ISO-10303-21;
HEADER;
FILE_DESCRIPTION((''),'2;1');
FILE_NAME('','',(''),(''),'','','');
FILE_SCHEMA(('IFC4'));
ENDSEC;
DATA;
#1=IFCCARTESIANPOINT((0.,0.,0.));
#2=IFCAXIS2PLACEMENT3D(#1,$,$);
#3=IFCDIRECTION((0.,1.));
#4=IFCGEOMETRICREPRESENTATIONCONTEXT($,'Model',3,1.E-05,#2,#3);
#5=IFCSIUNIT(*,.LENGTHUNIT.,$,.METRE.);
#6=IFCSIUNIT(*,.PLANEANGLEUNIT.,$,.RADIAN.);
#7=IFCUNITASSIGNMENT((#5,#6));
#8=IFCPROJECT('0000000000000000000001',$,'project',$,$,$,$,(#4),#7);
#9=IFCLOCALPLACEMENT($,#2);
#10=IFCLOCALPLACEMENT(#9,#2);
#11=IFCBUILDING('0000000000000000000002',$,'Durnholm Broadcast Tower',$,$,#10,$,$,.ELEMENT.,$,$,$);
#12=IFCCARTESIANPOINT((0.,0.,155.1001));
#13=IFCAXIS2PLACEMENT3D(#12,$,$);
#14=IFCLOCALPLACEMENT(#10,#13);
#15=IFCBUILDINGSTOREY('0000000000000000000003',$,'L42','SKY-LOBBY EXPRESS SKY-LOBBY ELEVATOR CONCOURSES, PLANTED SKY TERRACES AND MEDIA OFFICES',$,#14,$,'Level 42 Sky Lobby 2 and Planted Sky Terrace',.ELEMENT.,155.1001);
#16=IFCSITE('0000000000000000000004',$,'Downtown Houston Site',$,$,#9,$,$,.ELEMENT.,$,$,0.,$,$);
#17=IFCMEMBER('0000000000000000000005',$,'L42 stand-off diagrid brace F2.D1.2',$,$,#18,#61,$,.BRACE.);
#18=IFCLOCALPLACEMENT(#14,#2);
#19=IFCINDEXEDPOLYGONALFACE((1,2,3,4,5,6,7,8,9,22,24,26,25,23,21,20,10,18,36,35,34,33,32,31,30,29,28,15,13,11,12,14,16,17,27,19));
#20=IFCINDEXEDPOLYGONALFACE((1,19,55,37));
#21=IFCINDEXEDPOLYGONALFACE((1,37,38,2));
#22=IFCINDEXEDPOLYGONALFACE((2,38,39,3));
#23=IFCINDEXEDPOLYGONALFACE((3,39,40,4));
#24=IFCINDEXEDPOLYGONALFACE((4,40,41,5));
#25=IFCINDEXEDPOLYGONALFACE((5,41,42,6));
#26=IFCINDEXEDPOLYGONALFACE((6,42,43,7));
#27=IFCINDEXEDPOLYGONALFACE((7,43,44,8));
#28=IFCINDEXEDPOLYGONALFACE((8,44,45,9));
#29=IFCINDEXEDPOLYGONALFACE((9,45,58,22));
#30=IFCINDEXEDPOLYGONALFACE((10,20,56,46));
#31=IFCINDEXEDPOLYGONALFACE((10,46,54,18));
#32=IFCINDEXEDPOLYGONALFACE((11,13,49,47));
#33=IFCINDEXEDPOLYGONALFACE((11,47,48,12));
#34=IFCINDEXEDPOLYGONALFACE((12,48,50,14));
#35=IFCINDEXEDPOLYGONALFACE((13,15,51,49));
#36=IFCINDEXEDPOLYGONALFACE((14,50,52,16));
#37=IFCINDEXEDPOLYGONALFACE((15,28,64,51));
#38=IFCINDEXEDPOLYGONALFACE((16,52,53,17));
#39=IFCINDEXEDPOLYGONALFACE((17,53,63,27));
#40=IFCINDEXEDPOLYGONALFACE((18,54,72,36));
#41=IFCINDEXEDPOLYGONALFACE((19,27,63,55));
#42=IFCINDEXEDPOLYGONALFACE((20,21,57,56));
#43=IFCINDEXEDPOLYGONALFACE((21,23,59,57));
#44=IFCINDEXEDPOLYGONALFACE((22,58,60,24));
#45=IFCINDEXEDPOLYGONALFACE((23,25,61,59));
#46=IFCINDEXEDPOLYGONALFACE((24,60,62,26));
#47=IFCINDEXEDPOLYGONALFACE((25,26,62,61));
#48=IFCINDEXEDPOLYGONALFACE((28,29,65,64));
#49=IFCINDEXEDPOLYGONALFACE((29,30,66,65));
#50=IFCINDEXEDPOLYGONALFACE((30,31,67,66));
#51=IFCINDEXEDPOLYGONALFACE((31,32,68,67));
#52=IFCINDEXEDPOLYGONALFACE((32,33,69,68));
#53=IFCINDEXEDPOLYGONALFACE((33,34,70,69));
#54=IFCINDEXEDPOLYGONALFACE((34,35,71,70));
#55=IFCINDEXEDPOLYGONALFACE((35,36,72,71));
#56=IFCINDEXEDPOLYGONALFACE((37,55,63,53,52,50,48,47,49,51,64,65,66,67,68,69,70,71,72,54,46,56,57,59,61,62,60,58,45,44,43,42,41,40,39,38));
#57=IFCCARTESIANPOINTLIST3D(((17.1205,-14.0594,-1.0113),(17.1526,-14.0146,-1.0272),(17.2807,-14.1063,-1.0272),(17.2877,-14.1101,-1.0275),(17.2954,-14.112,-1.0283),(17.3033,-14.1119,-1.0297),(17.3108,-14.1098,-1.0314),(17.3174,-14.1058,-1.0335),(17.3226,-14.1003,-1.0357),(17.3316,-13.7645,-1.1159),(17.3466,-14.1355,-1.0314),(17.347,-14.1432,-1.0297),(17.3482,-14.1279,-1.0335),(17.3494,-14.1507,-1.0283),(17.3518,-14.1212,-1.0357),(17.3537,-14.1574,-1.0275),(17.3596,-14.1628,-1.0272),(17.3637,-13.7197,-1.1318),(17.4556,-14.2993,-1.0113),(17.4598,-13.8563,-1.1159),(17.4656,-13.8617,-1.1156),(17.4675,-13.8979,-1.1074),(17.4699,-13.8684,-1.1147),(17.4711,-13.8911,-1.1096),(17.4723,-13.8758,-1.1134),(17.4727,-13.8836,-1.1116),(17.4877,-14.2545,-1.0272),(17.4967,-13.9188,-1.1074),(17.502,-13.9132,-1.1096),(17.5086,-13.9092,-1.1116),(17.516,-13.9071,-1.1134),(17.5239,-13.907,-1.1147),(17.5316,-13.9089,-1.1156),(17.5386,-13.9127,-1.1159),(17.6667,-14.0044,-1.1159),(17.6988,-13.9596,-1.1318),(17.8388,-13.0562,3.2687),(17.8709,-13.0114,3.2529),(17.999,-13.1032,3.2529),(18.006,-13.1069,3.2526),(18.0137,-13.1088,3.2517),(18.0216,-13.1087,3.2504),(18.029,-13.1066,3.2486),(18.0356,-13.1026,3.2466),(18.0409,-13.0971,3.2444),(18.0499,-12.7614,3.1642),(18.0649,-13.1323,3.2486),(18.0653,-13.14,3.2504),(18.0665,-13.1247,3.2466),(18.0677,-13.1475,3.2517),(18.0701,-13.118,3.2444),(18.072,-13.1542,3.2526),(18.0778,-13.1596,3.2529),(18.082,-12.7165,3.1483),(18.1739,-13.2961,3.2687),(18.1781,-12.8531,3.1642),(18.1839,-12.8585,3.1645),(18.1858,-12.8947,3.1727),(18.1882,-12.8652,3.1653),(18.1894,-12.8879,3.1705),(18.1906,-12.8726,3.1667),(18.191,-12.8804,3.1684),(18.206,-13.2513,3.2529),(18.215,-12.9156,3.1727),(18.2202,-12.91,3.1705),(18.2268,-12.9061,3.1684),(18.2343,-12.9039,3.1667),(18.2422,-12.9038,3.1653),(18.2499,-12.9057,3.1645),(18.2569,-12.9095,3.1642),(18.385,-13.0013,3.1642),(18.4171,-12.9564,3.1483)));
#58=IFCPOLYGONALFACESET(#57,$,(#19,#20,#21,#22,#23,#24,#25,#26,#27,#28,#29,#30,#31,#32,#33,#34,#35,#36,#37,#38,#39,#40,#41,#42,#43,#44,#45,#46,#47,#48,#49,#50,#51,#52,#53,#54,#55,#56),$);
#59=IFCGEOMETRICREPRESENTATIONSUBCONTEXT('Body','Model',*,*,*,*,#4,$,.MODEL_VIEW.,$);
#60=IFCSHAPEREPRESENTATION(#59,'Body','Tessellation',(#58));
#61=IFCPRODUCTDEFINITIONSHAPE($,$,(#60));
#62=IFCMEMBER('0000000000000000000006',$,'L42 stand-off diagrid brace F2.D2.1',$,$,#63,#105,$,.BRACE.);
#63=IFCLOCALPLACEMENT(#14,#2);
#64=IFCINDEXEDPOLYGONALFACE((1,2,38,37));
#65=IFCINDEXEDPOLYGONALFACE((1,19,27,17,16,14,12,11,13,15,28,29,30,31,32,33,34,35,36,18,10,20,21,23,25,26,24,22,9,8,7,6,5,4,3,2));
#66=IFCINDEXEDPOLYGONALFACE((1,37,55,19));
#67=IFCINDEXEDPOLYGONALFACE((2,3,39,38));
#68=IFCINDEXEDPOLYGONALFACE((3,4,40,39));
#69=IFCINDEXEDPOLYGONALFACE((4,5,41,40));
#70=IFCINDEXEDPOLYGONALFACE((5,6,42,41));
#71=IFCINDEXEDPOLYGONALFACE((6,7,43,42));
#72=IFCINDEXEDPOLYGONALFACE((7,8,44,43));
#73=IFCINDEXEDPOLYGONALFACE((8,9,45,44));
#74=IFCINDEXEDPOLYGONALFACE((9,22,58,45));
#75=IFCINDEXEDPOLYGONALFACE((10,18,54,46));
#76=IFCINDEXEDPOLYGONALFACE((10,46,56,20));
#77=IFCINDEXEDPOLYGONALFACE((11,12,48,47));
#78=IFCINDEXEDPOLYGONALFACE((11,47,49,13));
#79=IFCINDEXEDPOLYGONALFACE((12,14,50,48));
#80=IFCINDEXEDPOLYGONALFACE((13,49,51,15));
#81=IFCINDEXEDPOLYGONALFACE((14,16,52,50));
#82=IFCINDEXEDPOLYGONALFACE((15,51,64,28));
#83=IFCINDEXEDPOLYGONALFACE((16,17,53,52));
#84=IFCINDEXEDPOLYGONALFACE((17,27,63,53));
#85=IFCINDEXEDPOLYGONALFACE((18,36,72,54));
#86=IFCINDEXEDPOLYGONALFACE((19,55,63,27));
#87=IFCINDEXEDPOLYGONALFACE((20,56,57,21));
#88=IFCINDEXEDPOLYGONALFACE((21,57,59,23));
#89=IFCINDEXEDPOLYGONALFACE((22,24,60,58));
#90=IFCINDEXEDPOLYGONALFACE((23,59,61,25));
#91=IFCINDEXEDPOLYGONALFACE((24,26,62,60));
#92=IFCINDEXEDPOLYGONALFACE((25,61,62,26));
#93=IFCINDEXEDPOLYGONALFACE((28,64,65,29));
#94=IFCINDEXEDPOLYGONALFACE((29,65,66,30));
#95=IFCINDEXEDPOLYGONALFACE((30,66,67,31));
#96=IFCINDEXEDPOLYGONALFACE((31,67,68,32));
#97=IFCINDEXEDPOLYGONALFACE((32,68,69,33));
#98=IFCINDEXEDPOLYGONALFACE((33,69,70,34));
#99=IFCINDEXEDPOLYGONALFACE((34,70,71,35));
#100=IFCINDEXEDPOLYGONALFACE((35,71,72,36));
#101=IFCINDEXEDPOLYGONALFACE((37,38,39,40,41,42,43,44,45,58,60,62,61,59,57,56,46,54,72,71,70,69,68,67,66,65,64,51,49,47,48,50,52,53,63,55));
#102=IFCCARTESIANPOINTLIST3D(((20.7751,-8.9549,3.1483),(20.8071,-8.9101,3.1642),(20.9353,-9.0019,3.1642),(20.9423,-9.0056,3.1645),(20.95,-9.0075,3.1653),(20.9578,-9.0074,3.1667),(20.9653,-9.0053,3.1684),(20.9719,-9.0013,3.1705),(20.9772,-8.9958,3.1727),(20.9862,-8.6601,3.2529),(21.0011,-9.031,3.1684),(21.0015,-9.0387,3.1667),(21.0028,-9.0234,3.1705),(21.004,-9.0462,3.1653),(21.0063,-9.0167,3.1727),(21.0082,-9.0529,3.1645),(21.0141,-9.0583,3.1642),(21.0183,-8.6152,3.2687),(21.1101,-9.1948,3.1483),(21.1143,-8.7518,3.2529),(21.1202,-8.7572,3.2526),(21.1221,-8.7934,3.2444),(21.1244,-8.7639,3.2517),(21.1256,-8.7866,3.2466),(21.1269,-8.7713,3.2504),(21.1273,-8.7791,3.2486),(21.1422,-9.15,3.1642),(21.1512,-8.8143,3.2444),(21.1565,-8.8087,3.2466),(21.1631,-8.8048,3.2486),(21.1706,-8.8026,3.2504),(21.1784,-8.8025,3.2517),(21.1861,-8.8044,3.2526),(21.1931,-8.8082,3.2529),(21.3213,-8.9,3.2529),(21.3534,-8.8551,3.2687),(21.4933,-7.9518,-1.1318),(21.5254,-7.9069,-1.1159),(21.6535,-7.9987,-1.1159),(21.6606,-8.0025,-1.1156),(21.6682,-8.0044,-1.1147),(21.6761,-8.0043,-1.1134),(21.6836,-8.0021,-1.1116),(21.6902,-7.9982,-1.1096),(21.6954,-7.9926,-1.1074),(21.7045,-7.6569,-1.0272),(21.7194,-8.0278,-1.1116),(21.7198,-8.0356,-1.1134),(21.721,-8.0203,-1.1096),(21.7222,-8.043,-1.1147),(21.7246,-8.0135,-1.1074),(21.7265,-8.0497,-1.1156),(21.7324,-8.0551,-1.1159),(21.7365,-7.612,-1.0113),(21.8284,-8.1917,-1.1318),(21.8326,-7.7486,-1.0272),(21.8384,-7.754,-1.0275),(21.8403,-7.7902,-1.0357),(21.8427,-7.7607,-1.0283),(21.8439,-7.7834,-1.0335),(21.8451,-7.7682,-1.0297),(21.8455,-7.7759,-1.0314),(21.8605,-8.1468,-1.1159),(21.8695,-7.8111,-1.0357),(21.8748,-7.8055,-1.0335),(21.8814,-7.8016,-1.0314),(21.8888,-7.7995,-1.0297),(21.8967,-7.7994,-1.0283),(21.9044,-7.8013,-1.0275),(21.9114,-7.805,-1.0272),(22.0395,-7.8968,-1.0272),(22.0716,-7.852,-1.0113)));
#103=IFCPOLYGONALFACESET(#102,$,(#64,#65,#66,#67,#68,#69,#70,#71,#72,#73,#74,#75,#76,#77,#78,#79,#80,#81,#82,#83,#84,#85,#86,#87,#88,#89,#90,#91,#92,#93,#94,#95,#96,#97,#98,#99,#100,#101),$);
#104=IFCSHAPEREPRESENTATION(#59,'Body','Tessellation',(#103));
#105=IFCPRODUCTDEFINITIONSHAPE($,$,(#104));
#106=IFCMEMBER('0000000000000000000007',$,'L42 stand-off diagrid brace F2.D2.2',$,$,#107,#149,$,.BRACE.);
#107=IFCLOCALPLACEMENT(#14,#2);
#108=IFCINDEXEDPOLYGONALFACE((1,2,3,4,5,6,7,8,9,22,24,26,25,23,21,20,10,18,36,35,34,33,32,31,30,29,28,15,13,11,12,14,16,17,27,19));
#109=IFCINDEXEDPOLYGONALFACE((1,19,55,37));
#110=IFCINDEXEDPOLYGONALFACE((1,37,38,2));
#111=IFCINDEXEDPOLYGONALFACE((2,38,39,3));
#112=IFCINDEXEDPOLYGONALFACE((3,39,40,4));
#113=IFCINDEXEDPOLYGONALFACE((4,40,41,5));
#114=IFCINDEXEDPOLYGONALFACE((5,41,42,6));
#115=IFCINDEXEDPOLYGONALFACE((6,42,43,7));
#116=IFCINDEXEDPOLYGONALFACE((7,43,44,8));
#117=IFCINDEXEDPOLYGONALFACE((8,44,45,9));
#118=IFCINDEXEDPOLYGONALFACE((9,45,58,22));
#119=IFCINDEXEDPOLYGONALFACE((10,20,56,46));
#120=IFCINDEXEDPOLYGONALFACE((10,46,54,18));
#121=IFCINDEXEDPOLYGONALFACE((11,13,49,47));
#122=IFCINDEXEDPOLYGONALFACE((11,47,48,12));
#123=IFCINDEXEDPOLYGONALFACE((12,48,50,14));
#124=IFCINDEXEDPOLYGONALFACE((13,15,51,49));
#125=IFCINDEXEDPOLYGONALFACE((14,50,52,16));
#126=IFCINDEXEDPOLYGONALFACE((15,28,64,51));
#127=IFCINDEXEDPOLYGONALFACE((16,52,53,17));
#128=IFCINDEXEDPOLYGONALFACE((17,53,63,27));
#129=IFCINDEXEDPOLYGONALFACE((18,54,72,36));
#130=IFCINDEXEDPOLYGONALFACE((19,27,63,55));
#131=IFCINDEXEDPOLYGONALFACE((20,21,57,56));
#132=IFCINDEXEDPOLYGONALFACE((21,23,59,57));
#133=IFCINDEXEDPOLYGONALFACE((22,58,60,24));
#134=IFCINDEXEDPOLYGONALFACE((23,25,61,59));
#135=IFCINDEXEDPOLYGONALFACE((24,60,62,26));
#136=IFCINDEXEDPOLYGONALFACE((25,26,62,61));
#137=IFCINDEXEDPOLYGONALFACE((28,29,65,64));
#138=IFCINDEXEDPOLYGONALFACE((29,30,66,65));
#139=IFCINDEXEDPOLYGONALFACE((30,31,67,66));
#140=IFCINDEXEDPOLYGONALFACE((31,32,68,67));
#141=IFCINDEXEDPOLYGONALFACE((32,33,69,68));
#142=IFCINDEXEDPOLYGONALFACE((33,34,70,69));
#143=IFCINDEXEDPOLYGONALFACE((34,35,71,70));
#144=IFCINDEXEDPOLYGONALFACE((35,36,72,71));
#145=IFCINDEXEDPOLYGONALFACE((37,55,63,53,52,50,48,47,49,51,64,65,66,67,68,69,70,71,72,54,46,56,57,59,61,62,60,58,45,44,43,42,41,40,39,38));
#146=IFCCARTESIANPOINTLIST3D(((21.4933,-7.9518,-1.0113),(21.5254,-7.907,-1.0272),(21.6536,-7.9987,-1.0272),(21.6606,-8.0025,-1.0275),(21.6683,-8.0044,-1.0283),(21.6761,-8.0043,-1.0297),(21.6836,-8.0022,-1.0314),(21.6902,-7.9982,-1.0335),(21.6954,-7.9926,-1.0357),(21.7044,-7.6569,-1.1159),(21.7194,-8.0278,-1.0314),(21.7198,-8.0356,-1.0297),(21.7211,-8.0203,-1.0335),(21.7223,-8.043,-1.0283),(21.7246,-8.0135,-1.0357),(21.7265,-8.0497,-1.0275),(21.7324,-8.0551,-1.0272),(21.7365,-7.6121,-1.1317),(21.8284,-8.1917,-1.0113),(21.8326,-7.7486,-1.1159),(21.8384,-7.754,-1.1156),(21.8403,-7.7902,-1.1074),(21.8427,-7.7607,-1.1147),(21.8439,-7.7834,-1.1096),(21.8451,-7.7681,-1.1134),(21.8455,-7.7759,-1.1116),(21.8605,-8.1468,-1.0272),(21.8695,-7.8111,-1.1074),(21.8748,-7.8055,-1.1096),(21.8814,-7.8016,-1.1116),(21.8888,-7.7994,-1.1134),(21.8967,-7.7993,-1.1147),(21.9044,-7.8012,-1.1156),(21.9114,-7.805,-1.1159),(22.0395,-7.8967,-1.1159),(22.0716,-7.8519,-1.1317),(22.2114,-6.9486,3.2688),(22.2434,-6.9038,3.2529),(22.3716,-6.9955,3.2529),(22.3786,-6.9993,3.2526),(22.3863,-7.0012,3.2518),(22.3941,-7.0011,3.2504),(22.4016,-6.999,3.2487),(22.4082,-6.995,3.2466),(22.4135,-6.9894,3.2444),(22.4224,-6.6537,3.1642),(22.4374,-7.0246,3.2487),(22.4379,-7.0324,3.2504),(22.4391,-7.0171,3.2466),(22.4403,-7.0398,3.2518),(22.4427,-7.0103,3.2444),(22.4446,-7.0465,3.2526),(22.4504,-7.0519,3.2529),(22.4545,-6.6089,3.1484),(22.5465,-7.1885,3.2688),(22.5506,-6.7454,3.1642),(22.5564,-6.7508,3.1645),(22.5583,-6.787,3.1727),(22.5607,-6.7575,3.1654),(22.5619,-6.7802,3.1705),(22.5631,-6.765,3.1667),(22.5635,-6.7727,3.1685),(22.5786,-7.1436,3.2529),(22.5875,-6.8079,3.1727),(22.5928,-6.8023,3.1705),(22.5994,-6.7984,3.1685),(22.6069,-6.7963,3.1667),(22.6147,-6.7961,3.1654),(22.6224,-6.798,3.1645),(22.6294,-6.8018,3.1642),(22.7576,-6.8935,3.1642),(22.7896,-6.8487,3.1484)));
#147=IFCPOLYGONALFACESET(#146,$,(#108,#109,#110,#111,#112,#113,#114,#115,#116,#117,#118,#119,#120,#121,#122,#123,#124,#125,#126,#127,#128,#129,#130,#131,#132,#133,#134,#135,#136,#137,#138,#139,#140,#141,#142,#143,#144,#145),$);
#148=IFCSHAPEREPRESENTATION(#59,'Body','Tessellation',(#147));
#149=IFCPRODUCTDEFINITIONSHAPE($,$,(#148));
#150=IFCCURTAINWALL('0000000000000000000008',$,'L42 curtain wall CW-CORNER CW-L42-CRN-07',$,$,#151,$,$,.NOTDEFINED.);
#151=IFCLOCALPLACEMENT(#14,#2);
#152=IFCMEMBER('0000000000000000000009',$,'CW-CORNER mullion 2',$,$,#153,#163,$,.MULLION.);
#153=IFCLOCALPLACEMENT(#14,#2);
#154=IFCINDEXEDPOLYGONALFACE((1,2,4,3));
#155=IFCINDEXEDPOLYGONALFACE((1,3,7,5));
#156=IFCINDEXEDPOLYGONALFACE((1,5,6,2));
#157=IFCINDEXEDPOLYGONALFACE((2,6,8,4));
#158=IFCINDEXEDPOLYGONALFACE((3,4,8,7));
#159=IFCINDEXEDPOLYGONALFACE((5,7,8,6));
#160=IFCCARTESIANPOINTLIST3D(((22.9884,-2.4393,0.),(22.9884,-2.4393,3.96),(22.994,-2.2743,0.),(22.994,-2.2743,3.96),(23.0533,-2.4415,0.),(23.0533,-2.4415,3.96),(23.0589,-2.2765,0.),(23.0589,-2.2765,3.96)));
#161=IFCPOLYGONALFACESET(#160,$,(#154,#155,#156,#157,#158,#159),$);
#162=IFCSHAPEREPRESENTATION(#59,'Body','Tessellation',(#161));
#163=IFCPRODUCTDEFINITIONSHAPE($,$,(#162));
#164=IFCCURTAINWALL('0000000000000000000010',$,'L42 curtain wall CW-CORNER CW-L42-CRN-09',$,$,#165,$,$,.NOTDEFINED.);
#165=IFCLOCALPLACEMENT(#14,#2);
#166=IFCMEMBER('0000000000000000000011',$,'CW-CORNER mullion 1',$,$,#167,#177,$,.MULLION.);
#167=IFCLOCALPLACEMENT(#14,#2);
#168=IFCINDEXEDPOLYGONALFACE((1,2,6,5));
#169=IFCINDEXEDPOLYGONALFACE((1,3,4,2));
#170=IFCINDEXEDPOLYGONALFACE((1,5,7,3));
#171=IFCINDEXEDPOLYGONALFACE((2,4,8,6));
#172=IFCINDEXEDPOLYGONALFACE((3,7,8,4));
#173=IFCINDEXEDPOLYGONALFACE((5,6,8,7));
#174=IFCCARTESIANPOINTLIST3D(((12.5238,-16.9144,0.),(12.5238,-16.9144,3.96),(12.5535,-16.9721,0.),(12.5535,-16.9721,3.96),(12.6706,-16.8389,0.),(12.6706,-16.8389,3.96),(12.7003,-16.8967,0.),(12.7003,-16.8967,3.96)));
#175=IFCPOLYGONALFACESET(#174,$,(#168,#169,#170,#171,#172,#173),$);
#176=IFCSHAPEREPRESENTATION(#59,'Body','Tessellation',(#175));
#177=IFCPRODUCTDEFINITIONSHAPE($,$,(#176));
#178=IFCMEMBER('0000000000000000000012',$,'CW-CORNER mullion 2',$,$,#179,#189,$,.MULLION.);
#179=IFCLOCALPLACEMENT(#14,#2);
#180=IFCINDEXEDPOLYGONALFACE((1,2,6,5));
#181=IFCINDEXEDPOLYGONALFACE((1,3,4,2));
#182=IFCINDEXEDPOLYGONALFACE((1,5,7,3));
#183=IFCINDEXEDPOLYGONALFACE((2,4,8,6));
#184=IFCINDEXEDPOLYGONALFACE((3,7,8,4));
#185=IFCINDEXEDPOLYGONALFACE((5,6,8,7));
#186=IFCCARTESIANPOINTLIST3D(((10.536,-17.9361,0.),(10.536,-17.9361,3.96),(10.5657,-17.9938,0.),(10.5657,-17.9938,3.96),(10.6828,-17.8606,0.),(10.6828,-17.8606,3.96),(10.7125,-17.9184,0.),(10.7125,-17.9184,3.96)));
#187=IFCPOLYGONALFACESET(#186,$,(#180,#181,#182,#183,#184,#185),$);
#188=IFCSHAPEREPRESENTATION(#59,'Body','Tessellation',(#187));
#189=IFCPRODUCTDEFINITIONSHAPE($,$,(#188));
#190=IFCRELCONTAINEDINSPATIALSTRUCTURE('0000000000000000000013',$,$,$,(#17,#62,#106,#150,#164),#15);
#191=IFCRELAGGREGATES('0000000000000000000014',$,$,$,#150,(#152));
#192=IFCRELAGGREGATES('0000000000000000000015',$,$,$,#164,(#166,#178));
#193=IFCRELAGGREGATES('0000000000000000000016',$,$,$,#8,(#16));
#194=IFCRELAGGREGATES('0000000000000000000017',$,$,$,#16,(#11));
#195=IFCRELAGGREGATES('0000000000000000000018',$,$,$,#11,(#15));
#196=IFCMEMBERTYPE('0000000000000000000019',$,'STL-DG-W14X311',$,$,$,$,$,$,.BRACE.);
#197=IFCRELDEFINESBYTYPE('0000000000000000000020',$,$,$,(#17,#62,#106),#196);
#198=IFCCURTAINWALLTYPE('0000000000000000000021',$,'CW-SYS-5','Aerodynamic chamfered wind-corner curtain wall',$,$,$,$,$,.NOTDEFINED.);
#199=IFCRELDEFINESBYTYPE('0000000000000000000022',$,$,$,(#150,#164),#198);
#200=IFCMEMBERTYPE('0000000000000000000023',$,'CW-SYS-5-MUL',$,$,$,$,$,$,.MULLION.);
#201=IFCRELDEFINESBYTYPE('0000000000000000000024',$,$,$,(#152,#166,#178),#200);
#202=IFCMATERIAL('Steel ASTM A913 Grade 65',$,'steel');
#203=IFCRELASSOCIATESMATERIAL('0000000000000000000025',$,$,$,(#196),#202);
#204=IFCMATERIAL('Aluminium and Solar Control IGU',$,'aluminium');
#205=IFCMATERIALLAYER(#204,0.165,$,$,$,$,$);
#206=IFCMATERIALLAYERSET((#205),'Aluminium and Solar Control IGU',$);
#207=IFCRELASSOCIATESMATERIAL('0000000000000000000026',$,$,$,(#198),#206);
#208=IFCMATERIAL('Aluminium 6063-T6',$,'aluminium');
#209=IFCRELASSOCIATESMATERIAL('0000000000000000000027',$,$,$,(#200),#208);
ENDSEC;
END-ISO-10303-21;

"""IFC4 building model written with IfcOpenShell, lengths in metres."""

from ifc_helpers import new_model, si_unit, direction, frame, origin, origin_2d, place, context, subcontext, project, spatial, rectangle, i_section, extrude, source, transform, mapped, material, layer, layer_set, material_profile, profile_set, type_object, type_shapes, element, aggregate, save


model = new_model("IFC4")

# Units and contexts
model_context = context("Model", 3, precision=1e-05, world=origin(), true_north=direction((0.0, 1.0)))
body_context = subcontext(model_context, "Body", "Model", "MODEL_VIEW")
ifc_project = project(units=[si_unit("LENGTHUNIT", "METRE"), si_unit("PLANEANGLEUNIT", "RADIAN")], contexts=[model_context])

# Site, building, storey
site_placement = place(None, origin())
site = spatial("IfcSite", under=ifc_project, at=site_placement, Name="Downtown Houston Site", CompositionType="ELEMENT", RefElevation=0.0)
building_placement = place(site_placement, origin())
building = spatial("IfcBuilding", under=site, at=building_placement, Name="Durnholm Broadcast Tower", CompositionType="ELEMENT")
storey_placement = place(building_placement, frame((0.0, 0.0, 155.1001)))
storey = spatial("IfcBuildingStorey", under=building, at=storey_placement, Name="L42", Description="SKY-LOBBY EXPRESS SKY-LOBBY ELEVATOR CONCOURSES, PLANTED SKY TERRACES AND MEDIA OFFICES", LongName="Level 42 Sky Lobby 2 and Planted Sky Terrace", CompositionType="ELEMENT", Elevation=155.1001)

# Members
ifc_material_1 = material(Name="Steel ASTM A913 Grade 65", Category="steel")
ifc_material_profile_1 = material_profile(ifc_material_1, i_section(OverallWidth=0.4121, OverallDepth=0.4348, WebThickness=0.0359, FlangeThickness=0.0574, FilletRadius=0.0305, at=origin_2d()), Name="W14X311")
ifc_profile_set_1 = profile_set([ifc_material_profile_1], Name="Steel ASTM A913 Grade 65")
member_type_1 = type_object("IfcMemberType", Name="STL-DG-W14X311", PredefinedType="BRACE", material=ifc_profile_set_1)
shared_shape_1 = source(origin(), body_context, "Body", "SweptSolid", [
    extrude(i_section(OverallWidth=0.4121, OverallDepth=0.4348, WebThickness=0.0359, FlangeThickness=0.0574, FilletRadius=0.0305, at=origin_2d()), origin(), (0.0, 0.0, 1.0), 4.4543),
])
type_shapes(member_type_1, [shared_shape_1])
for number, where, z_axis, x_axis, name in (
    (1, (17.4097, -14.0095, -1.0715), (0.161251, 0.225214, 0.960873), (-0.813078, 0.582155, 0.0), "L42 stand-off diagrid brace F2.D1.2"),
    (2, (21.7825, -7.9019, -1.0715), (-0.161251, -0.225214, 0.960873), (0.813078, -0.582155, 0.0), "L42 stand-off diagrid brace F2.D2.1"),
    (3, (21.7825, -7.9019, -1.0715), (0.161197, 0.225216, 0.960881), (-0.813171, 0.582024, 0.0), "L42 stand-off diagrid brace F2.D2.2"),
):
    element("IfcMember", number, at=place(storey_placement, frame(where, z_axis=z_axis, x_axis=x_axis)), inside=storey, type_object=member_type_1, Name=name, PredefinedType="BRACE", context=body_context, shape_type="MappedRepresentation", body=[
        mapped(shared_shape_1, transform((0.0, 0.0, 0.0), x_axis=(1.0, 0.0, 0.0), y_axis=(0.0, 1.0, 0.0), z_axis=(0.0, 0.0, 1.0), scale=1.0)),
    ])

# Curtain wall, member
ifc_material_2 = material(Name="Aluminium and Solar Control IGU", Category="aluminium")
ifc_layer_1 = layer(ifc_material_2, 0.165)
ifc_layer_set_1 = layer_set([ifc_layer_1], Name="Aluminium and Solar Control IGU")
curtain_wall_type_1 = type_object("IfcCurtainWallType", Name="CW-SYS-5", Description="Aerodynamic chamfered wind-corner curtain wall", PredefinedType="NOTDEFINED", material=ifc_layer_set_1)
curtain_wall_1_placement = place(storey_placement, origin())
curtain_wall_1 = element("IfcCurtainWall", 4, at=curtain_wall_1_placement, inside=storey, type_object=curtain_wall_type_1, Name="L42 curtain wall CW-CORNER CW-L42-CRN-07", PredefinedType="NOTDEFINED")
ifc_material_3 = material(Name="Aluminium 6063-T6", Category="aluminium")
ifc_material_profile_2 = material_profile(ifc_material_3, rectangle(XDim=0.0649, YDim=0.165, at=origin_2d()), Name="CWM65X165")
ifc_profile_set_2 = profile_set([ifc_material_profile_2], Name="Aluminium 6063-T6")
member_type_2 = type_object("IfcMemberType", Name="CW-SYS-5-MUL", PredefinedType="MULLION", material=ifc_profile_set_2)
shared_shape_2 = source(origin(), body_context, "Body", "SweptSolid", [
    extrude(rectangle(XDim=0.0649, YDim=0.165, at=origin_2d()), origin(), (0.0, 0.0, 1.0), 3.96),
])
type_shapes(member_type_2, [shared_shape_2])
member_1_placement = place(storey_placement, frame((23.0237, -2.3579, 0.0), z_axis=(0.0, 0.0, 1.0), x_axis=(0.999425, -0.033913, 0.0)))
member_1 = element("IfcMember", 5, at=member_1_placement, type_object=member_type_2, Name="CW-CORNER mullion 2", PredefinedType="MULLION", context=body_context, shape_type="MappedRepresentation", body=[
    mapped(shared_shape_2, transform((0.0, 0.0, 0.0), x_axis=(1.0, 0.0, 0.0), y_axis=(0.0, 1.0, 0.0), z_axis=(0.0, 0.0, 1.0), scale=1.0)),
])
aggregate(curtain_wall_1, [member_1])

# Curtain wall, members
curtain_wall_2_placement = place(storey_placement, origin())
curtain_wall_2 = element("IfcCurtainWall", 6, at=curtain_wall_2_placement, inside=storey, type_object=curtain_wall_type_1, Name="L42 curtain wall CW-CORNER CW-L42-CRN-09", PredefinedType="NOTDEFINED")
member_2_placement = place(storey_placement, frame((12.6121, -16.9055, 0.0), z_axis=(0.0, 0.0, 1.0), x_axis=(0.457082, -0.889425, 0.0)))
member_2 = element("IfcMember", 7, at=member_2_placement, type_object=member_type_2, Name="CW-CORNER mullion 1", PredefinedType="MULLION", context=body_context, shape_type="MappedRepresentation", body=[
    mapped(shared_shape_2, transform((0.0, 0.0, 0.0), x_axis=(1.0, 0.0, 0.0), y_axis=(0.0, 1.0, 0.0), z_axis=(0.0, 0.0, 1.0), scale=1.0)),
])
member_3_placement = place(storey_placement, frame((10.6243, -17.9272, 0.0), z_axis=(0.0, 0.0, 1.0), x_axis=(0.457082, -0.889425, 0.0)))
member_3 = element("IfcMember", 8, at=member_3_placement, type_object=member_type_2, Name="CW-CORNER mullion 2", PredefinedType="MULLION", context=body_context, shape_type="MappedRepresentation", body=[
    mapped(shared_shape_2, transform((0.0, 0.0, 0.0), x_axis=(1.0, 0.0, 0.0), y_axis=(0.0, 1.0, 0.0), z_axis=(0.0, 0.0, 1.0), scale=1.0)),
])

aggregate(curtain_wall_2, [member_2, member_3])

save(model, "model.ifc")
